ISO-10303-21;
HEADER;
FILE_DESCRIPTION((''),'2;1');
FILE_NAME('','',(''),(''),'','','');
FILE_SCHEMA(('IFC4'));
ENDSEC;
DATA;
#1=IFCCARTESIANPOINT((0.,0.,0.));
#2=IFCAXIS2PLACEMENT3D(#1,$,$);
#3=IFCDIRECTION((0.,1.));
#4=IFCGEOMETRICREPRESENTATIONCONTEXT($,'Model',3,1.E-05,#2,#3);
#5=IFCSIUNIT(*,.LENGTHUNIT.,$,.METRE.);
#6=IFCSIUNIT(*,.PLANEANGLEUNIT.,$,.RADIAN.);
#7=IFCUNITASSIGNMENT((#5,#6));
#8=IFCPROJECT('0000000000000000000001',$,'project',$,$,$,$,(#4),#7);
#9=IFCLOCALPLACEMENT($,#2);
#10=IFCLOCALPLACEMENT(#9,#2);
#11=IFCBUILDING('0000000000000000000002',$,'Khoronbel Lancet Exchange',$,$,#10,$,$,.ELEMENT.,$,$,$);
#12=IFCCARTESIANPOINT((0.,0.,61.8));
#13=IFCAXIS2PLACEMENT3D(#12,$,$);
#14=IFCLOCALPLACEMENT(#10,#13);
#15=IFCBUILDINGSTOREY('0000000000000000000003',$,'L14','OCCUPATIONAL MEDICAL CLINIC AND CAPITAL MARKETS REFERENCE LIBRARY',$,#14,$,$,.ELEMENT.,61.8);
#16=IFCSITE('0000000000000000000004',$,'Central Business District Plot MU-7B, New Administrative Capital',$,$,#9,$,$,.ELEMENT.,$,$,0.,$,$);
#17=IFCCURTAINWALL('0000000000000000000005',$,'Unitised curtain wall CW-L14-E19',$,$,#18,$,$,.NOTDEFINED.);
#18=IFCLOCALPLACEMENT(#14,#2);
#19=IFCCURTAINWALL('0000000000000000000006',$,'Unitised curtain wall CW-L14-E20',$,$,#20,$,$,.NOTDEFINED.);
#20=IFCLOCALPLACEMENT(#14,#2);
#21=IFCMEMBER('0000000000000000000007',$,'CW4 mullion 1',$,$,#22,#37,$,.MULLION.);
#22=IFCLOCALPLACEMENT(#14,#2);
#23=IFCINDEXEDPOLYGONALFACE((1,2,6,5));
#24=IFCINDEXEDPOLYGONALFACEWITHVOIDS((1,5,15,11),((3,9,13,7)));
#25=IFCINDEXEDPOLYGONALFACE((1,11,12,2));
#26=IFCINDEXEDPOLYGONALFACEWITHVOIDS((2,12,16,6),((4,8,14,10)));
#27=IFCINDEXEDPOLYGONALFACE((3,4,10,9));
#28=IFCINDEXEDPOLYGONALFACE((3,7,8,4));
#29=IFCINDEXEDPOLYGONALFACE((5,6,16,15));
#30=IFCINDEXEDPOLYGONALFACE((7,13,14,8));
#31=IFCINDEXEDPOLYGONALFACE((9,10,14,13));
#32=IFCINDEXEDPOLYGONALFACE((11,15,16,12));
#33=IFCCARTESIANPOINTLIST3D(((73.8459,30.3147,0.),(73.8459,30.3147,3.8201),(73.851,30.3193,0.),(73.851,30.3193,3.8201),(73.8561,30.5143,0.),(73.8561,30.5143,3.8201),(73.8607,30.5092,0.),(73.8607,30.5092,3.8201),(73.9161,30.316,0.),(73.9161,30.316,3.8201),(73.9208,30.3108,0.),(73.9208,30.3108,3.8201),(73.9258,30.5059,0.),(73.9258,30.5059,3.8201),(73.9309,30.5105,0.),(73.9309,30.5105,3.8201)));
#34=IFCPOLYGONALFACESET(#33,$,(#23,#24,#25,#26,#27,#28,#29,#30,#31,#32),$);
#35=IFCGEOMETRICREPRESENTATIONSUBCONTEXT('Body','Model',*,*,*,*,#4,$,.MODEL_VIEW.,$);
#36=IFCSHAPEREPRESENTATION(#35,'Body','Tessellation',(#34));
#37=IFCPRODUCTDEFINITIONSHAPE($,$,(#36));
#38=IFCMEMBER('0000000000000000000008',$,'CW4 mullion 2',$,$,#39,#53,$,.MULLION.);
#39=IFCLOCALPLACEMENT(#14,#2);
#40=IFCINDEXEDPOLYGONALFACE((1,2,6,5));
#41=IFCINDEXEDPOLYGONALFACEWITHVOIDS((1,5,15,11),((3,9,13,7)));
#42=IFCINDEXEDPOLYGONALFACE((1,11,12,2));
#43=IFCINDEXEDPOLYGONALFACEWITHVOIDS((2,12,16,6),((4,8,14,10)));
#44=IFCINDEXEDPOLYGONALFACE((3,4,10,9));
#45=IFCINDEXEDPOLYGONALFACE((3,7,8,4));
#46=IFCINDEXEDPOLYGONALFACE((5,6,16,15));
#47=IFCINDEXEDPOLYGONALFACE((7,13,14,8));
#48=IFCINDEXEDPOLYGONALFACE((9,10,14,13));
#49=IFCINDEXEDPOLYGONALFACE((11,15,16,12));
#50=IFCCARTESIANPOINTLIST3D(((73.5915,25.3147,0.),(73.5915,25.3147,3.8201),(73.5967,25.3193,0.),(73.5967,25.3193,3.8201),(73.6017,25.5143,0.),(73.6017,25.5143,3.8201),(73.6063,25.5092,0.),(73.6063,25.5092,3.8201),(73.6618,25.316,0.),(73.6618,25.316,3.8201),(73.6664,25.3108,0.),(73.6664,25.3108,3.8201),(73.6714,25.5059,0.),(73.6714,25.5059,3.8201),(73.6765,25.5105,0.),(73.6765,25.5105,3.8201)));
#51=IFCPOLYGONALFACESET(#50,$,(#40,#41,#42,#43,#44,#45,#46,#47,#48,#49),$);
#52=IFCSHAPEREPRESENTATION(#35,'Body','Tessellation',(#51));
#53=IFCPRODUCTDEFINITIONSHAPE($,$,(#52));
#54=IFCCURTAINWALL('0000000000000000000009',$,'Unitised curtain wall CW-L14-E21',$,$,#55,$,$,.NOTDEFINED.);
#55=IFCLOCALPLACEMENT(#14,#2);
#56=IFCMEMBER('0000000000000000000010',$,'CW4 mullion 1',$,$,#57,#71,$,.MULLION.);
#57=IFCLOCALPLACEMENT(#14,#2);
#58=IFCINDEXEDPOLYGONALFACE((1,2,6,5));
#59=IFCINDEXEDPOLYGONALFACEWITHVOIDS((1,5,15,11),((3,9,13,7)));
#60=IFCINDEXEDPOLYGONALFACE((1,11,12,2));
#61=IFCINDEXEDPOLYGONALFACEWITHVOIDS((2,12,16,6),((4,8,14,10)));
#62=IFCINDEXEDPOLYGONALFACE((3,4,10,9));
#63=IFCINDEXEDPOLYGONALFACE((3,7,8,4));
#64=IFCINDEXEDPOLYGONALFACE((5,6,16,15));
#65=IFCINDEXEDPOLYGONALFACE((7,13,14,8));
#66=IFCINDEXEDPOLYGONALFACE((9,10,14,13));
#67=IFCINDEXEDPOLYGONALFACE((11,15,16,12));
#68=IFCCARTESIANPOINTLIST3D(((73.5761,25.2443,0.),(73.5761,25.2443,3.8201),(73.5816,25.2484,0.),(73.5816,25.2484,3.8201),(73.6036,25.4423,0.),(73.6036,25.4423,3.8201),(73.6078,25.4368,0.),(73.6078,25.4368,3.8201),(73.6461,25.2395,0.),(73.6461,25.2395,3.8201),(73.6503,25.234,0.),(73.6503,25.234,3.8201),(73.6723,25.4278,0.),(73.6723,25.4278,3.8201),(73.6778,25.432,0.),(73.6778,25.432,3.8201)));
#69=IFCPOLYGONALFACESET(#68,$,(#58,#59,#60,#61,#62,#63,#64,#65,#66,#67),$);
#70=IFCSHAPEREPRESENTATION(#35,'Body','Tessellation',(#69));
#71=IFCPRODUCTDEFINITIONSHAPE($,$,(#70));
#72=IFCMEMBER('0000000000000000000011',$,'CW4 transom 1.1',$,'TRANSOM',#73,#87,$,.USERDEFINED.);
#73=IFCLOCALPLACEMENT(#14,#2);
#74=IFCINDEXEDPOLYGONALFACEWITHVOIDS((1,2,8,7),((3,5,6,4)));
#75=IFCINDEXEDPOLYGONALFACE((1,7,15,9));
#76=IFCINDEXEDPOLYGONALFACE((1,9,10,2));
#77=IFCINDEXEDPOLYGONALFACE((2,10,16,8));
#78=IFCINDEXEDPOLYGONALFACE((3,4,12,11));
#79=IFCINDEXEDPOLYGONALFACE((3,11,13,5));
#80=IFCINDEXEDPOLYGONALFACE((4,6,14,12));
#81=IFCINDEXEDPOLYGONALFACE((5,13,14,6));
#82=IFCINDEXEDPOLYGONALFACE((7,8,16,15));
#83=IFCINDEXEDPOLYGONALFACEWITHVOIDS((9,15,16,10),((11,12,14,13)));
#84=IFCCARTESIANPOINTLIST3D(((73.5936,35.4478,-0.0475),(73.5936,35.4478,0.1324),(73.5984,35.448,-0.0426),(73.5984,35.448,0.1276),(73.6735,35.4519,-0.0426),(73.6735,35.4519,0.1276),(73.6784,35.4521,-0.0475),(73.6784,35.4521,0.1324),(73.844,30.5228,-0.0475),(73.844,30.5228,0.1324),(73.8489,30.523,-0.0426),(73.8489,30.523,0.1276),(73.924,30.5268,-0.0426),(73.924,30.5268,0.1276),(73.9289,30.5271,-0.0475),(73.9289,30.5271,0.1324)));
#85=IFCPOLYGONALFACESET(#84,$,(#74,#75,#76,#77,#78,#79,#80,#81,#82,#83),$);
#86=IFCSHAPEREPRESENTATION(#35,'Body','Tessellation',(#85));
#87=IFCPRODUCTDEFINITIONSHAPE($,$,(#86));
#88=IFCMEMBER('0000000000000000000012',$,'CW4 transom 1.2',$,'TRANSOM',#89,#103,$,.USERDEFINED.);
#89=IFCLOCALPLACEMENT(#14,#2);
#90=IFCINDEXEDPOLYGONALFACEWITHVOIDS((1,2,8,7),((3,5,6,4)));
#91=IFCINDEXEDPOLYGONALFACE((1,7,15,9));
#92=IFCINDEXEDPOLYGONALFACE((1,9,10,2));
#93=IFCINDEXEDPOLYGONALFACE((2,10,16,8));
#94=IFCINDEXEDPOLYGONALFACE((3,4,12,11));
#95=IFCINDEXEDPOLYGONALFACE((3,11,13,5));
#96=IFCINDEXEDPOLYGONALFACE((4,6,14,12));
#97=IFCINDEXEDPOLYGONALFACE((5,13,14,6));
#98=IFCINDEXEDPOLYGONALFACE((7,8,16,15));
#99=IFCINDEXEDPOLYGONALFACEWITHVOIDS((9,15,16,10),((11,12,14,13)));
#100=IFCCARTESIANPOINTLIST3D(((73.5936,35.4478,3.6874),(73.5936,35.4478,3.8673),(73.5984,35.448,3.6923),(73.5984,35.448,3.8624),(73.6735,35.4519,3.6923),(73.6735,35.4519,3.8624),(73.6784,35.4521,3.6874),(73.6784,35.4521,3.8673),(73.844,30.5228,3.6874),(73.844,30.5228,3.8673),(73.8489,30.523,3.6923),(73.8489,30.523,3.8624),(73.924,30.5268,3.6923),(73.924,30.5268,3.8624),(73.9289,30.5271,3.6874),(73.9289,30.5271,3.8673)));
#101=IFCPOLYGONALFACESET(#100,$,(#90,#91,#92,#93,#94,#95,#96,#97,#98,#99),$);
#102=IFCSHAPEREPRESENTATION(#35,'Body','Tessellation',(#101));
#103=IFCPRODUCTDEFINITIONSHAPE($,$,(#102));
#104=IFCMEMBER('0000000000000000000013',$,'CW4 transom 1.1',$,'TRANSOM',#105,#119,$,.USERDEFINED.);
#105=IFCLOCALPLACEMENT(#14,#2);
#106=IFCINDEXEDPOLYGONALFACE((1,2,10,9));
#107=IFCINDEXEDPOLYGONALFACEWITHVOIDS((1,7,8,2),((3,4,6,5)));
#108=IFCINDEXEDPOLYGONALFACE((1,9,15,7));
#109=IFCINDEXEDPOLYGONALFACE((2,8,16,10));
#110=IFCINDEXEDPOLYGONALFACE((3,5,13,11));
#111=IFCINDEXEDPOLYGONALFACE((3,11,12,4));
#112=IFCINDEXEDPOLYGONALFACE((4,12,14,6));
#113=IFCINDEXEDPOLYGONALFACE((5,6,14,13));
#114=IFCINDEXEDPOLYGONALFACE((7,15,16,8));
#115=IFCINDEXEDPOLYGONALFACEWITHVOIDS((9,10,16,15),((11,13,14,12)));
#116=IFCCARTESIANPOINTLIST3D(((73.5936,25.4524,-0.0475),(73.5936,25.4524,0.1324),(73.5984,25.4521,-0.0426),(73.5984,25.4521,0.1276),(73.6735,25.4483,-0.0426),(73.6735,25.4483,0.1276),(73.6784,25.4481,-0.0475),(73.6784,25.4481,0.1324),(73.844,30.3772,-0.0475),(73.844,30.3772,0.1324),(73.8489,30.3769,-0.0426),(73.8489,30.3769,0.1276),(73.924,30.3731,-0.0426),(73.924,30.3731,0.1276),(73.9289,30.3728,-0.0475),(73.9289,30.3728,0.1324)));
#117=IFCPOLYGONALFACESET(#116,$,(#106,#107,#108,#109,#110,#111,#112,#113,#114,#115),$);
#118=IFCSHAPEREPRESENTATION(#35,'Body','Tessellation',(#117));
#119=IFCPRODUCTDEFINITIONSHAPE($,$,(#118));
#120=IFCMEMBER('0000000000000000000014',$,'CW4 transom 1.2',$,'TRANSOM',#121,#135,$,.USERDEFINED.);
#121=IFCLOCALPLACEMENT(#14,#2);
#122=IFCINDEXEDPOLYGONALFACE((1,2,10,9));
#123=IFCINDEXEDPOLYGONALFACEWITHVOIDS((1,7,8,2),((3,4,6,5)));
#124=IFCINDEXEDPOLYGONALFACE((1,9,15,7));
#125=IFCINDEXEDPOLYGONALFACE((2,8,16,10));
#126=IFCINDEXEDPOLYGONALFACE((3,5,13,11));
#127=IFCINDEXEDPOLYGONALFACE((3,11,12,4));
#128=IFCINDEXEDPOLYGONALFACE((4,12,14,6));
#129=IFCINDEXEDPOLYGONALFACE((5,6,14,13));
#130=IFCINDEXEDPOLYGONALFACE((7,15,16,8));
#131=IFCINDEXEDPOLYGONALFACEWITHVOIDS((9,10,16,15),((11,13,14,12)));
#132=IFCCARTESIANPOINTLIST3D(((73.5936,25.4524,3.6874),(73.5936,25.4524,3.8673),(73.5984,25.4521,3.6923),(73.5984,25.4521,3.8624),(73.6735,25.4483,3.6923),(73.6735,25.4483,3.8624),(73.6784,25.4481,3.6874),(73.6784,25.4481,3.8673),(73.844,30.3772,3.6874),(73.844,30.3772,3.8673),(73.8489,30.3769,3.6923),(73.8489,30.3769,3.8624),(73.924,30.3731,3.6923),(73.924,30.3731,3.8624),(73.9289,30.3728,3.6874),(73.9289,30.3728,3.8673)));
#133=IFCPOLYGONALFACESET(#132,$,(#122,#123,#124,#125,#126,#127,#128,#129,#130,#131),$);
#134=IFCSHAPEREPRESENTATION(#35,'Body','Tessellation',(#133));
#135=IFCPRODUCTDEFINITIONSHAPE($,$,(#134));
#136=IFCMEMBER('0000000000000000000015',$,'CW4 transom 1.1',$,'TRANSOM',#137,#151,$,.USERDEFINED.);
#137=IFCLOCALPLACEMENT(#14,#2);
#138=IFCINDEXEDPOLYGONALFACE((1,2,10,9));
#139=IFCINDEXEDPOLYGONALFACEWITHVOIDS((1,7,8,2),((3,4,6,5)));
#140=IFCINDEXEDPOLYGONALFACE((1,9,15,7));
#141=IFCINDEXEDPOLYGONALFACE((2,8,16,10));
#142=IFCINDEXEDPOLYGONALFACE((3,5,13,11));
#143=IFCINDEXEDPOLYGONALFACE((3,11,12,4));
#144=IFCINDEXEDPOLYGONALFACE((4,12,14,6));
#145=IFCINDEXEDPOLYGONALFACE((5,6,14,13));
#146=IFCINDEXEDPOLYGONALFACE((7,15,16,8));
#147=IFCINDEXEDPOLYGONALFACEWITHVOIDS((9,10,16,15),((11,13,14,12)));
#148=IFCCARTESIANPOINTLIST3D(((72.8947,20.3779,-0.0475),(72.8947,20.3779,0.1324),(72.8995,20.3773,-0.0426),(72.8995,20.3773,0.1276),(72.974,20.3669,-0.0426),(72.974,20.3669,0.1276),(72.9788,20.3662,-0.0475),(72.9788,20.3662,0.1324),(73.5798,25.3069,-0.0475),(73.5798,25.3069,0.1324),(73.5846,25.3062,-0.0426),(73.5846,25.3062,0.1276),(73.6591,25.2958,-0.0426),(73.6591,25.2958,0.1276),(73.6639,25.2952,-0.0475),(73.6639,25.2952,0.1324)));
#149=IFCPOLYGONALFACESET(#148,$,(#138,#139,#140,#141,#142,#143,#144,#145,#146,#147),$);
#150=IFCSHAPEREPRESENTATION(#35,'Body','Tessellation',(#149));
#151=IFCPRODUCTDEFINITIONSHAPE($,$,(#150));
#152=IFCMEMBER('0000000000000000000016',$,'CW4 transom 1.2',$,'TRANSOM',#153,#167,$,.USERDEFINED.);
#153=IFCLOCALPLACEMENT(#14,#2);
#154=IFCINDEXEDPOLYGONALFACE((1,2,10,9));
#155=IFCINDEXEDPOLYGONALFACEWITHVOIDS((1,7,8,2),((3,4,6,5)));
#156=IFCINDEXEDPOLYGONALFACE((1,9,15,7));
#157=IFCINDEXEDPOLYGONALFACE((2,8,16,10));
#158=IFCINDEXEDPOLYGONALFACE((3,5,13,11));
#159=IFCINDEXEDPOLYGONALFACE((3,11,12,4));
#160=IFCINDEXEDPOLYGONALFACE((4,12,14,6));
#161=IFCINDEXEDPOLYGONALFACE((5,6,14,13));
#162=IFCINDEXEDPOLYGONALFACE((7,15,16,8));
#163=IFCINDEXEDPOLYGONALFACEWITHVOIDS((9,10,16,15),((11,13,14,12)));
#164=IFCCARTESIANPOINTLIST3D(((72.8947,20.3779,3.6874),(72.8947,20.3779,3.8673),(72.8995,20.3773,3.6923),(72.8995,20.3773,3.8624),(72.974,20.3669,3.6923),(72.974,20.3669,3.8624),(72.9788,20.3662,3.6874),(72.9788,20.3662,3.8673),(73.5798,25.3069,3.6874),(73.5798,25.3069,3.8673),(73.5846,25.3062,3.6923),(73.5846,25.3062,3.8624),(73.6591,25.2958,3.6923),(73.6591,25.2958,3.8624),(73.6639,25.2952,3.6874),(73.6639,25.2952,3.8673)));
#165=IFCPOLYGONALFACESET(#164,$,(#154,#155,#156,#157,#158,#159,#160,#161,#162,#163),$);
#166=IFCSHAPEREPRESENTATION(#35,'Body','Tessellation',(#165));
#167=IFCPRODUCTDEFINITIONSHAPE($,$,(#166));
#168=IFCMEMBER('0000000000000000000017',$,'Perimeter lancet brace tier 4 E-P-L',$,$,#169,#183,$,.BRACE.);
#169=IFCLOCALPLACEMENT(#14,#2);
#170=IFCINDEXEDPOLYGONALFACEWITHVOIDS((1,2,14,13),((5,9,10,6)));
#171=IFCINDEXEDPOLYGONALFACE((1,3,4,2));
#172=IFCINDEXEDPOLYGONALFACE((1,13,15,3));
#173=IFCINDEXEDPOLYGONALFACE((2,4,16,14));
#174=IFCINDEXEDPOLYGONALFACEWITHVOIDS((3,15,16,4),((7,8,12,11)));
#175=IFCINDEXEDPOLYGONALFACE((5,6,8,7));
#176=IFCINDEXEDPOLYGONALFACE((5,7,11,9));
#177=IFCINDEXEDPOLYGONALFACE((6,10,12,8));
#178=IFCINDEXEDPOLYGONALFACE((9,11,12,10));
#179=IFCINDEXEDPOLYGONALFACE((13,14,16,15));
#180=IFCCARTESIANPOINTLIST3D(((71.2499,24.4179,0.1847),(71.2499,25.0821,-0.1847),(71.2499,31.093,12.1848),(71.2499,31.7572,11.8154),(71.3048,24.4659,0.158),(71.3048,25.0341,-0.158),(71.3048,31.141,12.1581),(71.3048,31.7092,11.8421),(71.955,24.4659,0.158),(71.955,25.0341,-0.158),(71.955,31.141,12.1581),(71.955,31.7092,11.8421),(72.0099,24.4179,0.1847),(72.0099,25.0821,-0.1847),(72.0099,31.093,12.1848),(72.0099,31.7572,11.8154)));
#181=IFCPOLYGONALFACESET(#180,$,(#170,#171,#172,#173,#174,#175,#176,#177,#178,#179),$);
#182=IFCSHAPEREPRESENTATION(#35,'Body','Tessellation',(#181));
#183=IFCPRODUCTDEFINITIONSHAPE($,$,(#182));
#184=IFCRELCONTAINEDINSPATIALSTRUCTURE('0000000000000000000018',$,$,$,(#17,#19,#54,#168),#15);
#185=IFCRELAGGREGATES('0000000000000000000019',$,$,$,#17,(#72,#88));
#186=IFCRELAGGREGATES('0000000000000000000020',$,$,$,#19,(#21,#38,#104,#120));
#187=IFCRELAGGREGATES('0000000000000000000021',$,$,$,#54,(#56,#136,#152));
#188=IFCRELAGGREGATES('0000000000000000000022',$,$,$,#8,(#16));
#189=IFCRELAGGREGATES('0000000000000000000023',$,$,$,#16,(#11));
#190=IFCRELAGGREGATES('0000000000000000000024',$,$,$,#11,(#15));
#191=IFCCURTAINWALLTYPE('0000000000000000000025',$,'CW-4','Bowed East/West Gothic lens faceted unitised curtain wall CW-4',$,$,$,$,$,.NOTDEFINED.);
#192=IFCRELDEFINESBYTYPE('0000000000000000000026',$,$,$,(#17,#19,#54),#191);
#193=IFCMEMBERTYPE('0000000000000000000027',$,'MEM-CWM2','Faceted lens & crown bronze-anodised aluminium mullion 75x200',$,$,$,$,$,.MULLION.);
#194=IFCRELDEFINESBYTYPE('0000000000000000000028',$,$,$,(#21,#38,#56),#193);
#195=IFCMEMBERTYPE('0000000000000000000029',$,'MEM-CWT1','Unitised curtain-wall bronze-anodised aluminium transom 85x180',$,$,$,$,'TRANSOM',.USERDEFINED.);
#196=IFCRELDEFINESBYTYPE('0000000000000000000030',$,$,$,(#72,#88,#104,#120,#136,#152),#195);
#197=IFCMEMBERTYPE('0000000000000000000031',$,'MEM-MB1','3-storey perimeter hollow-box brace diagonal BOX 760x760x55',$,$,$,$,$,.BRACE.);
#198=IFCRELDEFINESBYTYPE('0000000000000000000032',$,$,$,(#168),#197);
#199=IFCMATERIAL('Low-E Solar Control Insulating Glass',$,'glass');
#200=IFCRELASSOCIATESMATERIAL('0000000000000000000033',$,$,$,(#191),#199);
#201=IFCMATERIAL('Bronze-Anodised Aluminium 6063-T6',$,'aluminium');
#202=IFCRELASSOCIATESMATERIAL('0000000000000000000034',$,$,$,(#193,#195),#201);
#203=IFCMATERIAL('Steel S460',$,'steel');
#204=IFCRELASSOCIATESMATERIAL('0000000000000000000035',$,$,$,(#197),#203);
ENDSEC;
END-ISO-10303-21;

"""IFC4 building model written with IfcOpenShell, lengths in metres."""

from ifc_helpers import new_model, si_unit, direction, frame, origin, origin_2d, place, context, subcontext, project, spatial, hollow_rectangle, extrude, material, material_profile, profile_set, type_object, element, aggregate, save


model = new_model("IFC4")

# Units and contexts
model_context = context("Model", 3, precision=1e-05, world=origin(), true_north=direction((0.0, 1.0)))
body_context = subcontext(model_context, "Body", "Model", "MODEL_VIEW")
ifc_project = project(units=[si_unit("LENGTHUNIT", "METRE"), si_unit("PLANEANGLEUNIT", "RADIAN")], contexts=[model_context])

# Site, building, storey
site_placement = place(None, origin())
site = spatial("IfcSite", under=ifc_project, at=site_placement, Name="Central Business District Plot MU-7B, New Administrative Capital", CompositionType="ELEMENT", RefElevation=0.0)
building_placement = place(site_placement, origin())
building = spatial("IfcBuilding", under=site, at=building_placement, Name="Khoronbel Lancet Exchange", CompositionType="ELEMENT")
storey_placement = place(building_placement, frame((0.0, 0.0, 61.8)))
storey = spatial("IfcBuildingStorey", under=building, at=storey_placement, Name="L14", Description="OCCUPATIONAL MEDICAL CLINIC AND CAPITAL MARKETS REFERENCE LIBRARY", CompositionType="ELEMENT", Elevation=61.8)

# Shared definitions
ifc_material_1 = material(Name="Low-E Solar Control Insulating Glass", Category="glass")
curtain_wall_type = type_object("IfcCurtainWallType", Name="CW-4", Description="Bowed East/West Gothic lens faceted unitised curtain wall CW-4", PredefinedType="NOTDEFINED", material=ifc_material_1)
ifc_material_2 = material(Name="Bronze-Anodised Aluminium 6063-T6", Category="aluminium")
ifc_material_profile_1 = material_profile(ifc_material_2, hollow_rectangle(XDim=0.075, YDim=0.2, WallThickness=0.0049, at=origin_2d()), Name="ALU MULLION 75x200")
ifc_profile_set_1 = profile_set([ifc_material_profile_1], Name="Bronze-Anodised Aluminium 6063-T6")
member_type_1 = type_object("IfcMemberType", Name="MEM-CWM2", Description="Faceted lens & crown bronze-anodised aluminium mullion 75x200", PredefinedType="MULLION", material=ifc_profile_set_1)

# Curtain walls, members
curtain_wall_1_placement = place(storey_placement, origin())
curtain_wall_1 = element("IfcCurtainWall", 1, at=curtain_wall_1_placement, inside=storey, type_object=curtain_wall_type, Name="Unitised curtain wall CW-L14-E19", PredefinedType="NOTDEFINED")
curtain_wall_2_placement = place(storey_placement, origin())
curtain_wall_2 = element("IfcCurtainWall", 2, at=curtain_wall_2_placement, inside=storey, type_object=curtain_wall_type, Name="Unitised curtain wall CW-L14-E20", PredefinedType="NOTDEFINED")
member_1_placement = place(storey_placement, frame((73.8884, 30.4126, 0.0), z_axis=(0.0, 0.0, 1.0), x_axis=(0.998708, -0.050813, 0.0)))
member_1 = element("IfcMember", 3, at=member_1_placement, type_object=member_type_1, Name="CW4 mullion 1", PredefinedType="MULLION", context=body_context, shape_type="SweptSolid", body=[
    extrude(hollow_rectangle(XDim=0.075, YDim=0.2, WallThickness=0.0049, at=origin_2d()), origin(), (0.0, 0.0, 1.0), 3.8201),
])
member_2_placement = place(storey_placement, frame((73.634, 25.4126, 0.0), z_axis=(0.0, 0.0, 1.0), x_axis=(0.998708, -0.050813, 0.0)))
member_2 = element("IfcMember", 4, at=member_2_placement, type_object=member_type_1, Name="CW4 mullion 2", PredefinedType="MULLION", context=body_context, shape_type="SweptSolid", body=[
    extrude(hollow_rectangle(XDim=0.075, YDim=0.2, WallThickness=0.0049, at=origin_2d()), origin(), (0.0, 0.0, 1.0), 3.8201),
])

# Curtain wall, member
curtain_wall_3_placement = place(storey_placement, origin())
curtain_wall_3 = element("IfcCurtainWall", 5, at=curtain_wall_3_placement, inside=storey, type_object=curtain_wall_type, Name="Unitised curtain wall CW-L14-E21", PredefinedType="NOTDEFINED")
member_3_placement = place(storey_placement, frame((73.627, 25.3381, 0.0), z_axis=(0.0, 0.0, 1.0), x_axis=(0.990478, -0.137668, 0.0)))
member_3 = element("IfcMember", 6, at=member_3_placement, type_object=member_type_1, Name="CW4 mullion 1", PredefinedType="MULLION", context=body_context, shape_type="SweptSolid", body=[
    extrude(hollow_rectangle(XDim=0.075, YDim=0.2, WallThickness=0.0049, at=origin_2d()), origin(), (0.0, 0.0, 1.0), 3.8201),
])

# Members
ifc_material_profile_2 = material_profile(ifc_material_2, hollow_rectangle(XDim=0.085, YDim=0.1799, WallThickness=0.0049, at=origin_2d()), Name="ALU TRANSOM 85x180")
ifc_profile_set_2 = profile_set([ifc_material_profile_2], Name="Bronze-Anodised Aluminium 6063-T6")
member_type_2 = type_object("IfcMemberType", Name="MEM-CWT1", Description="Unitised curtain-wall bronze-anodised aluminium transom 85x180", ElementType="TRANSOM", PredefinedType="USERDEFINED", material=ifc_profile_set_2)
member_4_placement = place(storey_placement, frame((73.636, 35.45, 0.0425), z_axis=(0.050794, -0.998709, 0.0), x_axis=(0.998709, 0.050794, 0.0)))
member_4 = element("IfcMember", 7, at=member_4_placement, type_object=member_type_2, Name="CW4 transom 1.1", ObjectType="TRANSOM", PredefinedType="USERDEFINED", context=body_context, shape_type="SweptSolid", body=[
    extrude(hollow_rectangle(XDim=0.085, YDim=0.1799, WallThickness=0.0049, at=origin_2d()), origin(), (0.0, 0.0, 1.0), 4.9314),
])
member_5_placement = place(storey_placement, frame((73.636, 35.45, 3.7773), z_axis=(0.050794, -0.998709, 0.0), x_axis=(0.998709, 0.050794, 0.0)))
member_5 = element("IfcMember", 8, at=member_5_placement, type_object=member_type_2, Name="CW4 transom 1.2", ObjectType="TRANSOM", PredefinedType="USERDEFINED", context=body_context, shape_type="SweptSolid", body=[
    extrude(hollow_rectangle(XDim=0.085, YDim=0.1799, WallThickness=0.0049, at=origin_2d()), origin(), (0.0, 0.0, 1.0), 4.9314),
])
member_6_placement = place(storey_placement, frame((73.8865, 30.375, 0.0425), z_axis=(-0.050797, -0.998709, 0.0), x_axis=(0.998709, -0.050797, 0.0)))
member_6 = element("IfcMember", 9, at=member_6_placement, type_object=member_type_2, Name="CW4 transom 1.1", ObjectType="TRANSOM", PredefinedType="USERDEFINED", context=body_context, shape_type="SweptSolid", body=[
    extrude(hollow_rectangle(XDim=0.085, YDim=0.1799, WallThickness=0.0049, at=origin_2d()), origin(), (0.0, 0.0, 1.0), 4.9312),
])
member_7_placement = place(storey_placement, frame((73.8865, 30.375, 3.7773), z_axis=(-0.050797, -0.998709, 0.0), x_axis=(0.998709, -0.050797, 0.0)))
member_7 = element("IfcMember", 10, at=member_7_placement, type_object=member_type_2, Name="CW4 transom 1.2", ObjectType="TRANSOM", PredefinedType="USERDEFINED", context=body_context, shape_type="SweptSolid", body=[
    extrude(hollow_rectangle(XDim=0.085, YDim=0.1799, WallThickness=0.0049, at=origin_2d()), origin(), (0.0, 0.0, 1.0), 4.9312),
])
member_8_placement = place(storey_placement, frame((73.6218, 25.301, 0.0425), z_axis=(-0.137663, -0.990479, 0.0), x_axis=(0.990479, -0.137663, 0.0)))
member_8 = element("IfcMember", 11, at=member_8_placement, type_object=member_type_2, Name="CW4 transom 1.1", ObjectType="TRANSOM", PredefinedType="USERDEFINED", context=body_context, shape_type="SweptSolid", body=[
    extrude(hollow_rectangle(XDim=0.085, YDim=0.1799, WallThickness=0.0049, at=origin_2d()), origin(), (0.0, 0.0, 1.0), 4.9763),
])
member_9_placement = place(storey_placement, frame((73.6218, 25.301, 3.7773), z_axis=(-0.137663, -0.990479, 0.0), x_axis=(0.990479, -0.137663, 0.0)))
member_9 = element("IfcMember", 12, at=member_9_placement, type_object=member_type_2, Name="CW4 transom 1.2", ObjectType="TRANSOM", PredefinedType="USERDEFINED", context=body_context, shape_type="SweptSolid", body=[
    extrude(hollow_rectangle(XDim=0.085, YDim=0.1799, WallThickness=0.0049, at=origin_2d()), origin(), (0.0, 0.0, 1.0), 4.9763),
])
ifc_material_3 = material(Name="Steel S460", Category="steel")
ifc_material_profile_3 = material_profile(ifc_material_3, hollow_rectangle(XDim=0.76, YDim=0.76, WallThickness=0.0549, at=origin_2d()), Name="BOX 760x760x55")
ifc_profile_set_3 = profile_set([ifc_material_profile_3], Name="Steel S460")
member_type_3 = type_object("IfcMemberType", Name="MEM-MB1", Description="3-storey perimeter hollow-box brace diagonal BOX 760x760x55", PredefinedType="BRACE", material=ifc_profile_set_3)
member_10_placement = place(storey_placement, frame((71.6299, 24.75, 0.0), z_axis=(0.0, 0.486109, 0.873898), x_axis=(-1.0, 0.0, 0.0)))
element("IfcMember", 13, at=member_10_placement, inside=storey, type_object=member_type_3, Name="Perimeter lancet brace tier 4 E-P-L", PredefinedType="BRACE", context=body_context, shape_type="SweptSolid", body=[
    extrude(hollow_rectangle(XDim=0.76, YDim=0.76, WallThickness=0.0549, at=origin_2d()), origin(), (0.0, 0.0, 1.0), 13.7317),
])

aggregate(curtain_wall_1, [member_4, member_5])
aggregate(curtain_wall_2, [member_1, member_2, member_6, member_7])
aggregate(curtain_wall_3, [member_3, member_8, member_9])

save(model, "model.ifc")
